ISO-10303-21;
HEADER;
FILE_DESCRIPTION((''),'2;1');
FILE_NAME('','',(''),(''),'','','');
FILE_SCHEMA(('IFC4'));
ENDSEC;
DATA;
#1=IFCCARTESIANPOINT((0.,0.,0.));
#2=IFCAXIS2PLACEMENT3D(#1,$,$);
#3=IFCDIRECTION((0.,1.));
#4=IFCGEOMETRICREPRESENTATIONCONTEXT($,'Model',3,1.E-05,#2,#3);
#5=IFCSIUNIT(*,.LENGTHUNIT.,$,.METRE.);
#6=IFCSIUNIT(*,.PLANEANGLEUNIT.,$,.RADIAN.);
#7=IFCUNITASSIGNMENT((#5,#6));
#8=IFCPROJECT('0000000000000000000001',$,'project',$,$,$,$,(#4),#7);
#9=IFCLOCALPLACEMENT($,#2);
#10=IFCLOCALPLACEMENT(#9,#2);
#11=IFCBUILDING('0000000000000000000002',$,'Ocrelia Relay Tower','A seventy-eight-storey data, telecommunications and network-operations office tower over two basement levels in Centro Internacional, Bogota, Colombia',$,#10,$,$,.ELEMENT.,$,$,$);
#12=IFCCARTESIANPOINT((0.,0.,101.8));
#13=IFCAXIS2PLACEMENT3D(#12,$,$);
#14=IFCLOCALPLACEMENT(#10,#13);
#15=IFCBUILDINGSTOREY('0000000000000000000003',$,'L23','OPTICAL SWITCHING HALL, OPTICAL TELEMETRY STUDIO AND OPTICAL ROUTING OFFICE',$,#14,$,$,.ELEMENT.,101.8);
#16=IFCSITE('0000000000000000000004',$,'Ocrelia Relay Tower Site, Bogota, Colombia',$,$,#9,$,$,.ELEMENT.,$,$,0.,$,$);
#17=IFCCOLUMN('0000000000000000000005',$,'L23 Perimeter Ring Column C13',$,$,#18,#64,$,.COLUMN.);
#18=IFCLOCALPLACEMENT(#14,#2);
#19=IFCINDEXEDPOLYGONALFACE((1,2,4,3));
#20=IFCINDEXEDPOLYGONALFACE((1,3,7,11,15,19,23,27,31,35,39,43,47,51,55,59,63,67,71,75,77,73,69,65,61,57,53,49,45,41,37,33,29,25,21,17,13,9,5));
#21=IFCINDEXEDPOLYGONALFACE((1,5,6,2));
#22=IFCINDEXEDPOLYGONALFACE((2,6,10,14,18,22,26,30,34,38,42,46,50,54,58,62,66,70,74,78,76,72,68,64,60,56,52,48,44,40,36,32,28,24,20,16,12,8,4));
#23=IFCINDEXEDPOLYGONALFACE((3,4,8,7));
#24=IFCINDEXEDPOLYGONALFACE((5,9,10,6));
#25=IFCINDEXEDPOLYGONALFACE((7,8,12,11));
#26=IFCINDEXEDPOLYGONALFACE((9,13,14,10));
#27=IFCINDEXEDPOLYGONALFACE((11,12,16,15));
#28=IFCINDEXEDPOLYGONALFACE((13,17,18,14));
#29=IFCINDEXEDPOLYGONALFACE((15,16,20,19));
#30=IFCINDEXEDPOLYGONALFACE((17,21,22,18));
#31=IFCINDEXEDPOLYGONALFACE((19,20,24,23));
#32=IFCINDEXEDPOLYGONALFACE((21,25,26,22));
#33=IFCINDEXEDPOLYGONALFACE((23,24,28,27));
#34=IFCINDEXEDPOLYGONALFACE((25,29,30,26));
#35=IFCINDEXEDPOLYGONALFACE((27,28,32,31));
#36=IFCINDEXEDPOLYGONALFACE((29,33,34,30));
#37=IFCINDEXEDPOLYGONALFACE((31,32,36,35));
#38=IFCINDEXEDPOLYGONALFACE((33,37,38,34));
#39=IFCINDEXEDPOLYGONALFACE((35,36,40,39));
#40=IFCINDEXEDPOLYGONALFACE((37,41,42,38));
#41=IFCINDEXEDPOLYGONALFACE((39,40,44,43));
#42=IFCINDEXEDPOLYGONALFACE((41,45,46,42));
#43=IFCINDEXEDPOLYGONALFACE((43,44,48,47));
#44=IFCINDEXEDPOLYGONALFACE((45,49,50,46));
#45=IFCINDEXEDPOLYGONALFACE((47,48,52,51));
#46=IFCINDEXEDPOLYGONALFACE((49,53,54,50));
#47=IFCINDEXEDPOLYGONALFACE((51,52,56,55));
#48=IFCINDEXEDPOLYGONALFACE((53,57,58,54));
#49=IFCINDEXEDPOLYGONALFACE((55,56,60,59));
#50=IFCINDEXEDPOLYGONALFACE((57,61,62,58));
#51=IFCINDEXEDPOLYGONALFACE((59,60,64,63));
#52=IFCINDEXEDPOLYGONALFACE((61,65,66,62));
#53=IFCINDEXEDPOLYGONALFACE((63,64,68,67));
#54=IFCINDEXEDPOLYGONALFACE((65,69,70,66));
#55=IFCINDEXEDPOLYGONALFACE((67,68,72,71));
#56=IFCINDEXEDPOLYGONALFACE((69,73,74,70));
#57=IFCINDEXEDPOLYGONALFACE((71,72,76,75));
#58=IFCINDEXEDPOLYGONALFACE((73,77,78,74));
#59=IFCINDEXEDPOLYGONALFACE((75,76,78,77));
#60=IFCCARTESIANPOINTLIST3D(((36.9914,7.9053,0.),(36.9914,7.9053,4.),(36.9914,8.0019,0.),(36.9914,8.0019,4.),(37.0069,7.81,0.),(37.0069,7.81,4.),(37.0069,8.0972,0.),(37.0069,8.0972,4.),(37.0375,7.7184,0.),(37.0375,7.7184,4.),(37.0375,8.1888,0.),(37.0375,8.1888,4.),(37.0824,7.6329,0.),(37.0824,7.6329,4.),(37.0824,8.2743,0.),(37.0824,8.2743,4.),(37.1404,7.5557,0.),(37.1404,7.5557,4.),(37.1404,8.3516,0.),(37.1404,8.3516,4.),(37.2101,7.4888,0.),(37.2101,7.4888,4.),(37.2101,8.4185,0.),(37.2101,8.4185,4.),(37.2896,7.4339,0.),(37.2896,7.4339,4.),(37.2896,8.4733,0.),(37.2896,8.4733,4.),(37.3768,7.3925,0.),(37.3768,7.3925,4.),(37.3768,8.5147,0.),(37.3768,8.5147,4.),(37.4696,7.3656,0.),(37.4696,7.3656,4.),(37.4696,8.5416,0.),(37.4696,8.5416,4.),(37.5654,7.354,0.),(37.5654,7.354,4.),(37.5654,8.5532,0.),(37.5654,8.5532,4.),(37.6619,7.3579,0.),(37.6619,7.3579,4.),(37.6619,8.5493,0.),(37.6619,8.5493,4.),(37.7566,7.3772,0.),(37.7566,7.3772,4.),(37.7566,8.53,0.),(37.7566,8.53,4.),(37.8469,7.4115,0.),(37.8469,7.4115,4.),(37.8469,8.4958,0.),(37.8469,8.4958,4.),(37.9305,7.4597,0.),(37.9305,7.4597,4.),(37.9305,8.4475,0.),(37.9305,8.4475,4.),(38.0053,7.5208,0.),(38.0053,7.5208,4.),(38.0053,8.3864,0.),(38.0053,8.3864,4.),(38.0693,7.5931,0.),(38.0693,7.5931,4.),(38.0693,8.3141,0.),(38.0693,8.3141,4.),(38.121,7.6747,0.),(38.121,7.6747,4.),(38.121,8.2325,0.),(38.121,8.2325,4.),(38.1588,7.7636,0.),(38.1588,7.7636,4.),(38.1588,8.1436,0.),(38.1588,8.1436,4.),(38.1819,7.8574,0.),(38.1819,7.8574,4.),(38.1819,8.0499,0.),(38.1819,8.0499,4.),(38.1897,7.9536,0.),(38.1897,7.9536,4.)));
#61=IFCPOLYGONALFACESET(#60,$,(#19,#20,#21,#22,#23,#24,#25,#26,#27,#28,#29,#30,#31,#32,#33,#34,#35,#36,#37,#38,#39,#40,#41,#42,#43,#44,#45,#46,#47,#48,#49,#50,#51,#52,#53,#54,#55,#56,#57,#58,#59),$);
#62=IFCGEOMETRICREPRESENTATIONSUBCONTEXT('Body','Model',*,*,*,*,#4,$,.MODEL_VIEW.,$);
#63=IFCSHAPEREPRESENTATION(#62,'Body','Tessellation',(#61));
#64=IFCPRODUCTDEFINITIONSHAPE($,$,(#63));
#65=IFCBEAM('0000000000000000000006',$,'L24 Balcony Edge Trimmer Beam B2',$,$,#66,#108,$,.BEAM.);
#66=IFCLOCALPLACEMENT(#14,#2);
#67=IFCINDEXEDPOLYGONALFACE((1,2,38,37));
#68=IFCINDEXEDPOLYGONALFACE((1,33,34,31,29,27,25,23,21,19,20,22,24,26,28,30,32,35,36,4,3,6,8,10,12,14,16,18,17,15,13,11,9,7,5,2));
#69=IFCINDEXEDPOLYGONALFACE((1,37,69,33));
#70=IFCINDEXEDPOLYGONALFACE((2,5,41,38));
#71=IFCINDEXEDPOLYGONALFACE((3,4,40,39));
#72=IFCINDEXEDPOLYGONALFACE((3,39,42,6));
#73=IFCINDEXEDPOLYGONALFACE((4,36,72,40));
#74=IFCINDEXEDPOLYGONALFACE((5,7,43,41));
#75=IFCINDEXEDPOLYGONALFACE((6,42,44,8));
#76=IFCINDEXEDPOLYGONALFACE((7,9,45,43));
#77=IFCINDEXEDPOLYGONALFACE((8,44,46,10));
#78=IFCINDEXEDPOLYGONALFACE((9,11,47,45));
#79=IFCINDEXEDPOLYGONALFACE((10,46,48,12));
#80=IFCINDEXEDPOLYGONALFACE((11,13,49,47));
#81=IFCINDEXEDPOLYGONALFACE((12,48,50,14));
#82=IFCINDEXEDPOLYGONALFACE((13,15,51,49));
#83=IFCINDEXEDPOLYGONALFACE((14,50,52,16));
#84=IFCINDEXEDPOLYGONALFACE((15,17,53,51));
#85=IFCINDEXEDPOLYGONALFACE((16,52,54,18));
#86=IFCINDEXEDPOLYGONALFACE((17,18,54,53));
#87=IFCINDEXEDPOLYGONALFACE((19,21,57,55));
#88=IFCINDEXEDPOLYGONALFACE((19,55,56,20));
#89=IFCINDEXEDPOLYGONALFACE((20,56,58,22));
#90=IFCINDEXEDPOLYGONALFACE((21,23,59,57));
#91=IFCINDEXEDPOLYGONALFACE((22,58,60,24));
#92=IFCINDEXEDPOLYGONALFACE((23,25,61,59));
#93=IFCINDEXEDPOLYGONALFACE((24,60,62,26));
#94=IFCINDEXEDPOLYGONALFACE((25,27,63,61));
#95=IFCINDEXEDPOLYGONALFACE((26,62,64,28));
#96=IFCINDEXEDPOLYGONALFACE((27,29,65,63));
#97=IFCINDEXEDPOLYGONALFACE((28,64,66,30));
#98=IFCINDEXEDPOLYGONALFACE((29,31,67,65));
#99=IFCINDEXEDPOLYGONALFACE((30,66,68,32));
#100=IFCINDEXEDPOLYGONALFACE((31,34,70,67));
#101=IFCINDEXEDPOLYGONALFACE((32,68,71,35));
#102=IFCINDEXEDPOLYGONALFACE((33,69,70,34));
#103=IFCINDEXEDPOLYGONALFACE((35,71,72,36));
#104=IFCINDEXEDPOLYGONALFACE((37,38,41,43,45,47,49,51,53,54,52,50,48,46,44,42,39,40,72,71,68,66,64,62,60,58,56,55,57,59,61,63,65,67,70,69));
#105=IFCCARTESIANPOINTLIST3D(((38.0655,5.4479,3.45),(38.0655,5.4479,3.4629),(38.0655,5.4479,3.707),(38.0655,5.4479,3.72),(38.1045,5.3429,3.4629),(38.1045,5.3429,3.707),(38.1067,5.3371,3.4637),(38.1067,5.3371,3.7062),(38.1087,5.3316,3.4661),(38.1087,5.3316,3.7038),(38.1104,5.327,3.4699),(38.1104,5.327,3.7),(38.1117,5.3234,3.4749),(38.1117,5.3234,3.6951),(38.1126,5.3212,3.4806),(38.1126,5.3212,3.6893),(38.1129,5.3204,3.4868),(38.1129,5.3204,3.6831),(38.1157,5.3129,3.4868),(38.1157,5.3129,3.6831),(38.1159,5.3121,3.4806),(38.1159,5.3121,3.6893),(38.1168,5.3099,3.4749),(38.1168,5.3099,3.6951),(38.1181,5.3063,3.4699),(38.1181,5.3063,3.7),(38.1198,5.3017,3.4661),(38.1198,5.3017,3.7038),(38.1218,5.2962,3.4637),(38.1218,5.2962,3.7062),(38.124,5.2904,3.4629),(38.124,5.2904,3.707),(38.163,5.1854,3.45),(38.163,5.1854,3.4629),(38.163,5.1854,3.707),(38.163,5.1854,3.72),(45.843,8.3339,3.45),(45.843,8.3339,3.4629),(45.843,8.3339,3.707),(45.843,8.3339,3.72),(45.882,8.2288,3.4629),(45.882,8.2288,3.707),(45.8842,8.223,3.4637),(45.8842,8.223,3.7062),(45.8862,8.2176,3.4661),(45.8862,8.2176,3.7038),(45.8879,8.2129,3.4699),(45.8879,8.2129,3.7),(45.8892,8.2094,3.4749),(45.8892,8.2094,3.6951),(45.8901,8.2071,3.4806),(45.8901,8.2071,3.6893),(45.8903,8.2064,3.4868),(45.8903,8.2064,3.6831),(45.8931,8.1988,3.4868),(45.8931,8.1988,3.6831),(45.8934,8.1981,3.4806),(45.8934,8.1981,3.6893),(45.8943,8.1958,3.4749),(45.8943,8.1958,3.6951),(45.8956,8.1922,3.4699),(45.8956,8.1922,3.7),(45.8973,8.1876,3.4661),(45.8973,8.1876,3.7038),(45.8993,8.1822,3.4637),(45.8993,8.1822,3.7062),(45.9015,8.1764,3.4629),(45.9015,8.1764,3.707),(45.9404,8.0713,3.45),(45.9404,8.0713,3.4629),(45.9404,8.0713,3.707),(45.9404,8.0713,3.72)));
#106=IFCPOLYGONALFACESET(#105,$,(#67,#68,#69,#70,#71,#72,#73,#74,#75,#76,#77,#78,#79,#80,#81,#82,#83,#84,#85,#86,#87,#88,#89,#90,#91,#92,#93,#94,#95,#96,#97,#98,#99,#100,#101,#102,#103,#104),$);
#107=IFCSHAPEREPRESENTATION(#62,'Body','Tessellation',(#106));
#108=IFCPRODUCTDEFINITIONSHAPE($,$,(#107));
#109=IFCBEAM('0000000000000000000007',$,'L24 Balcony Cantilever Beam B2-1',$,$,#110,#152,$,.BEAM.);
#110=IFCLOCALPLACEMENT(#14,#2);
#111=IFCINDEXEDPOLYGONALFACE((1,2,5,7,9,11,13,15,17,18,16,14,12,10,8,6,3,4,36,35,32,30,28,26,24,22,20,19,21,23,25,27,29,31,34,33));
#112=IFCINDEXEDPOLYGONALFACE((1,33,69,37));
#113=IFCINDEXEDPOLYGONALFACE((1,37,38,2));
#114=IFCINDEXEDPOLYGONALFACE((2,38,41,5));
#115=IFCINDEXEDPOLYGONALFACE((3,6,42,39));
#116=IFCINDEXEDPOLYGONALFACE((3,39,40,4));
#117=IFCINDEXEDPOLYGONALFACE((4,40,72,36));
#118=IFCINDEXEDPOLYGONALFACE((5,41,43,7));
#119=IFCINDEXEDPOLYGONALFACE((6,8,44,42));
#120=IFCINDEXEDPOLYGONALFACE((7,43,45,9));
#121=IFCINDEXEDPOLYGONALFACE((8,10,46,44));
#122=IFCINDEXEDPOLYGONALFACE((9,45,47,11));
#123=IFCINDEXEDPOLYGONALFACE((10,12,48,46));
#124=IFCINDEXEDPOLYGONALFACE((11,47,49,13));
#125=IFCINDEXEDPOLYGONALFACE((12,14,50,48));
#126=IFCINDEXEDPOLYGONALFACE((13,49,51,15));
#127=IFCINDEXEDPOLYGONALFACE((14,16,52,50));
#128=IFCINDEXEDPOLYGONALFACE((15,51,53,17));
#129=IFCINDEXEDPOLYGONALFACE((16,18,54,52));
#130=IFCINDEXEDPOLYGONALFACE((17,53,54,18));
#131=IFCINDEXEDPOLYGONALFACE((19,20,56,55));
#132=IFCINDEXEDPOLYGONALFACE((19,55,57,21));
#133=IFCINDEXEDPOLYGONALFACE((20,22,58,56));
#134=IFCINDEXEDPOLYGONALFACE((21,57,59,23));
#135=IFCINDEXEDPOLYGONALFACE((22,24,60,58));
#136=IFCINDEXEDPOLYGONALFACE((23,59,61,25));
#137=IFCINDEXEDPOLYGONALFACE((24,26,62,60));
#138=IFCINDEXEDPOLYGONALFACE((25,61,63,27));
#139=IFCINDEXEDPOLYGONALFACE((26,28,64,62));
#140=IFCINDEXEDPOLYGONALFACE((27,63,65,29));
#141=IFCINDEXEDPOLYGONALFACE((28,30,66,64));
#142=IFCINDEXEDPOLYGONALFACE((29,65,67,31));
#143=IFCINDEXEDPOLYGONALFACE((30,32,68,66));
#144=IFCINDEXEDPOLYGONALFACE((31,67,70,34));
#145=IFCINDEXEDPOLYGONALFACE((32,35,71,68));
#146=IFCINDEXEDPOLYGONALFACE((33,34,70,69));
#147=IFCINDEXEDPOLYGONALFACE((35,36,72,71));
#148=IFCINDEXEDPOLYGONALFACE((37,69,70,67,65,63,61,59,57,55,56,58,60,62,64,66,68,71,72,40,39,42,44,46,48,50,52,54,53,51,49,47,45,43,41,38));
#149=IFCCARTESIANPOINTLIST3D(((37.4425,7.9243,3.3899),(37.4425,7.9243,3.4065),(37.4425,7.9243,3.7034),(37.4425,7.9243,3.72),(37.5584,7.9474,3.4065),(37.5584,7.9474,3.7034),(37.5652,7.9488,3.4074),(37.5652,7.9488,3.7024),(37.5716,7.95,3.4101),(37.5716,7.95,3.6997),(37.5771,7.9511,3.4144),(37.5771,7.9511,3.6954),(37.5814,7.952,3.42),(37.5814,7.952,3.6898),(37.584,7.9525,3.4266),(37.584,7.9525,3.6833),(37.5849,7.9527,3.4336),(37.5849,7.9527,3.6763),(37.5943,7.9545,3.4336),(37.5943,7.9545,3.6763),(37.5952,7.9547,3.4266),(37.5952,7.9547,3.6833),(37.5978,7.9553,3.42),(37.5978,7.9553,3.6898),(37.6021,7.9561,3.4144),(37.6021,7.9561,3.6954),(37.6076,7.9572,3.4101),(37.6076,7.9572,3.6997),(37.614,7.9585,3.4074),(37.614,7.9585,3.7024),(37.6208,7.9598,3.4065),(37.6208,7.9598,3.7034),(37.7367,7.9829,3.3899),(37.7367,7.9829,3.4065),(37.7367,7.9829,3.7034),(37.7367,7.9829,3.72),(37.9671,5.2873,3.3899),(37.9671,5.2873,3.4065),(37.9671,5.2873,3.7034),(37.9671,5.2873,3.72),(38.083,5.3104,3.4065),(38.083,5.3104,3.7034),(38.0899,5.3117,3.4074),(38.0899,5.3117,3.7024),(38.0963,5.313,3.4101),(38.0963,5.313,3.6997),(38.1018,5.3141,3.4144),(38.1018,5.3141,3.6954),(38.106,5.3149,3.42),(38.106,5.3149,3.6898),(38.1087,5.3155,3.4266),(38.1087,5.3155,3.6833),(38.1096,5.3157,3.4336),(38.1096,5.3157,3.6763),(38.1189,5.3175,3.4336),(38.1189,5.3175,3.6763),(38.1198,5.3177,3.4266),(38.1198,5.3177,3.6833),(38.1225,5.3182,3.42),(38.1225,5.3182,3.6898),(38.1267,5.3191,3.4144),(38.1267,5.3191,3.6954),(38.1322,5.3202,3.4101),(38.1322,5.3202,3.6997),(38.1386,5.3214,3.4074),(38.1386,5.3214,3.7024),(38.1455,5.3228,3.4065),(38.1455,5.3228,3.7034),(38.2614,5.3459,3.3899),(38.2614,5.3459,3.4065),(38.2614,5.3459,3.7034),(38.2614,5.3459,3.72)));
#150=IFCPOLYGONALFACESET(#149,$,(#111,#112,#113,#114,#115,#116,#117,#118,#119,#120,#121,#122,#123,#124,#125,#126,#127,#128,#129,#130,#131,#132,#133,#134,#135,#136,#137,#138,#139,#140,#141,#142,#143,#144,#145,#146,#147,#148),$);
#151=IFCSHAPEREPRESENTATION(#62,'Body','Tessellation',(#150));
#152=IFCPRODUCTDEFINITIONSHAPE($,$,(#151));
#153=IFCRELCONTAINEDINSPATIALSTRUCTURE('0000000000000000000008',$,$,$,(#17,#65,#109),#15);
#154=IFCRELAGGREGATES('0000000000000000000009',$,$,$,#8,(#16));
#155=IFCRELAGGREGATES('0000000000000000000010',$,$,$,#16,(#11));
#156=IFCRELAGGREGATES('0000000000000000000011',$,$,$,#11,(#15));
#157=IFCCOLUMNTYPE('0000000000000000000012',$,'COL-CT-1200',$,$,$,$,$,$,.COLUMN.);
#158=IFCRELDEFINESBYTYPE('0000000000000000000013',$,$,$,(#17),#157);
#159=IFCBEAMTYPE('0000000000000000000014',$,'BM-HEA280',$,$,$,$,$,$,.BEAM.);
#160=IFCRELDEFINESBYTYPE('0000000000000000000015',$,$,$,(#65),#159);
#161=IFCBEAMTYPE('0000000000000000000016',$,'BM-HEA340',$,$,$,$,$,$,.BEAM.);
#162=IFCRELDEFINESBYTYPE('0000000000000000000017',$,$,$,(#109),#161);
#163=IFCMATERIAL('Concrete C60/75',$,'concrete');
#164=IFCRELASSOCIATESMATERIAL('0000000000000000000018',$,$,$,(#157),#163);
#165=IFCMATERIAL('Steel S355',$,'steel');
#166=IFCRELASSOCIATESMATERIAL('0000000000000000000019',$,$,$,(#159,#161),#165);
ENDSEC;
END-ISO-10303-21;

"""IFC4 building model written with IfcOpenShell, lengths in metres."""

from ifc_helpers import new_model, si_unit, direction, frame, origin, origin_2d, place, context, subcontext, project, spatial, circle, i_section, extrude, material, material_profile, profile_set, type_object, element, save


model = new_model("IFC4")

# Units and contexts
model_context = context("Model", 3, precision=1e-05, world=origin(), true_north=direction((0.0, 1.0)))
body_context = subcontext(model_context, "Body", "Model", "MODEL_VIEW")
ifc_project = project(units=[si_unit("LENGTHUNIT", "METRE"), si_unit("PLANEANGLEUNIT", "RADIAN")], contexts=[model_context])

# Site, building, storey
site_placement = place(None, origin())
site = spatial("IfcSite", under=ifc_project, at=site_placement, Name="Ocrelia Relay Tower Site, Bogota, Colombia", CompositionType="ELEMENT", RefElevation=0.0)
building_placement = place(site_placement, origin())
building = spatial("IfcBuilding", under=site, at=building_placement, Name="Ocrelia Relay Tower", Description="A seventy-eight-storey data, telecommunications and network-operations office tower over two basement levels in Centro Internacional, Bogota, Colombia", CompositionType="ELEMENT")
storey_placement = place(building_placement, frame((0.0, 0.0, 101.8)))
storey = spatial("IfcBuildingStorey", under=building, at=storey_placement, Name="L23", Description="OPTICAL SWITCHING HALL, OPTICAL TELEMETRY STUDIO AND OPTICAL ROUTING OFFICE", CompositionType="ELEMENT", Elevation=101.8)

# Column
ifc_material_1 = material(Name="Concrete C60/75", Category="concrete")
ifc_material_profile_1 = material_profile(ifc_material_1, circle(Radius=0.6001, at=origin_2d()), Name="RC-CIR-1200")
ifc_profile_set_1 = profile_set([ifc_material_profile_1], Name="Concrete C60/75")
column_type = type_object("IfcColumnType", Name="COL-CT-1200", PredefinedType="COLUMN", material=ifc_profile_set_1)
column_placement = place(storey_placement, frame((37.5896, 7.9536, 0.0), z_axis=(0.0, 0.0, 1.0), x_axis=(1.0, 0.0, 0.0)))
element("IfcColumn", 1, at=column_placement, inside=storey, type_object=column_type, Name="L23 Perimeter Ring Column C13", PredefinedType="COLUMN", context=body_context, shape_type="SweptSolid", body=[
    extrude(circle(Radius=0.6001, at=origin_2d()), origin(), (0.0, 0.0, 1.0), 4.0),
])

# Beams
ifc_material_2 = material(Name="Steel S355", Category="steel")
ifc_material_profile_2 = material_profile(ifc_material_2, i_section(OverallWidth=0.28, OverallDepth=0.27, WebThickness=0.0081, FlangeThickness=0.0129, FilletRadius=0.0239, at=origin_2d()), Name="HEA 280")
ifc_profile_set_2 = profile_set([ifc_material_profile_2], Name="Steel S355")
beam_type_1 = type_object("IfcBeamType", Name="BM-HEA280", PredefinedType="BEAM", material=ifc_profile_set_2)
beam_1_placement = place(storey_placement, frame((38.1143, 5.3167, 3.585), z_axis=(0.937537, 0.347887, 0.0), x_axis=(-0.347887, 0.937537, 0.0)))
element("IfcBeam", 2, at=beam_1_placement, inside=storey, type_object=beam_type_1, Name="L24 Balcony Edge Trimmer Beam B2", PredefinedType="BEAM", context=body_context, shape_type="SweptSolid", body=[
    extrude(i_section(OverallWidth=0.28, OverallDepth=0.27, WebThickness=0.0081, FlangeThickness=0.0129, FilletRadius=0.0239, at=origin_2d()), origin(), (0.0, 0.0, 1.0), 8.2957),
])
ifc_material_profile_3 = material_profile(ifc_material_2, i_section(OverallWidth=0.3, OverallDepth=0.3301, WebThickness=0.0095, FlangeThickness=0.0166, FilletRadius=0.0271, at=origin_2d()), Name="HEA 340")
ifc_profile_set_3 = profile_set([ifc_material_profile_3], Name="Steel S355")
beam_type_2 = type_object("IfcBeamType", Name="BM-HEA340", PredefinedType="BEAM", material=ifc_profile_set_3)
beam_2_placement = place(storey_placement, frame((37.5896, 7.9536, 3.5549), z_axis=(0.195138, -0.980776, 0.0), x_axis=(0.980776, 0.195138, 0.0)))
element("IfcBeam", 3, at=beam_2_placement, inside=storey, type_object=beam_type_2, Name="L24 Balcony Cantilever Beam B2-1", PredefinedType="BEAM", context=body_context, shape_type="SweptSolid", body=[
    extrude(i_section(OverallWidth=0.3, OverallDepth=0.3301, WebThickness=0.0095, FlangeThickness=0.0166, FilletRadius=0.0271, at=origin_2d()), origin(), (0.0, 0.0, 1.0), 2.6887),
])

save(model, "model.ifc")
